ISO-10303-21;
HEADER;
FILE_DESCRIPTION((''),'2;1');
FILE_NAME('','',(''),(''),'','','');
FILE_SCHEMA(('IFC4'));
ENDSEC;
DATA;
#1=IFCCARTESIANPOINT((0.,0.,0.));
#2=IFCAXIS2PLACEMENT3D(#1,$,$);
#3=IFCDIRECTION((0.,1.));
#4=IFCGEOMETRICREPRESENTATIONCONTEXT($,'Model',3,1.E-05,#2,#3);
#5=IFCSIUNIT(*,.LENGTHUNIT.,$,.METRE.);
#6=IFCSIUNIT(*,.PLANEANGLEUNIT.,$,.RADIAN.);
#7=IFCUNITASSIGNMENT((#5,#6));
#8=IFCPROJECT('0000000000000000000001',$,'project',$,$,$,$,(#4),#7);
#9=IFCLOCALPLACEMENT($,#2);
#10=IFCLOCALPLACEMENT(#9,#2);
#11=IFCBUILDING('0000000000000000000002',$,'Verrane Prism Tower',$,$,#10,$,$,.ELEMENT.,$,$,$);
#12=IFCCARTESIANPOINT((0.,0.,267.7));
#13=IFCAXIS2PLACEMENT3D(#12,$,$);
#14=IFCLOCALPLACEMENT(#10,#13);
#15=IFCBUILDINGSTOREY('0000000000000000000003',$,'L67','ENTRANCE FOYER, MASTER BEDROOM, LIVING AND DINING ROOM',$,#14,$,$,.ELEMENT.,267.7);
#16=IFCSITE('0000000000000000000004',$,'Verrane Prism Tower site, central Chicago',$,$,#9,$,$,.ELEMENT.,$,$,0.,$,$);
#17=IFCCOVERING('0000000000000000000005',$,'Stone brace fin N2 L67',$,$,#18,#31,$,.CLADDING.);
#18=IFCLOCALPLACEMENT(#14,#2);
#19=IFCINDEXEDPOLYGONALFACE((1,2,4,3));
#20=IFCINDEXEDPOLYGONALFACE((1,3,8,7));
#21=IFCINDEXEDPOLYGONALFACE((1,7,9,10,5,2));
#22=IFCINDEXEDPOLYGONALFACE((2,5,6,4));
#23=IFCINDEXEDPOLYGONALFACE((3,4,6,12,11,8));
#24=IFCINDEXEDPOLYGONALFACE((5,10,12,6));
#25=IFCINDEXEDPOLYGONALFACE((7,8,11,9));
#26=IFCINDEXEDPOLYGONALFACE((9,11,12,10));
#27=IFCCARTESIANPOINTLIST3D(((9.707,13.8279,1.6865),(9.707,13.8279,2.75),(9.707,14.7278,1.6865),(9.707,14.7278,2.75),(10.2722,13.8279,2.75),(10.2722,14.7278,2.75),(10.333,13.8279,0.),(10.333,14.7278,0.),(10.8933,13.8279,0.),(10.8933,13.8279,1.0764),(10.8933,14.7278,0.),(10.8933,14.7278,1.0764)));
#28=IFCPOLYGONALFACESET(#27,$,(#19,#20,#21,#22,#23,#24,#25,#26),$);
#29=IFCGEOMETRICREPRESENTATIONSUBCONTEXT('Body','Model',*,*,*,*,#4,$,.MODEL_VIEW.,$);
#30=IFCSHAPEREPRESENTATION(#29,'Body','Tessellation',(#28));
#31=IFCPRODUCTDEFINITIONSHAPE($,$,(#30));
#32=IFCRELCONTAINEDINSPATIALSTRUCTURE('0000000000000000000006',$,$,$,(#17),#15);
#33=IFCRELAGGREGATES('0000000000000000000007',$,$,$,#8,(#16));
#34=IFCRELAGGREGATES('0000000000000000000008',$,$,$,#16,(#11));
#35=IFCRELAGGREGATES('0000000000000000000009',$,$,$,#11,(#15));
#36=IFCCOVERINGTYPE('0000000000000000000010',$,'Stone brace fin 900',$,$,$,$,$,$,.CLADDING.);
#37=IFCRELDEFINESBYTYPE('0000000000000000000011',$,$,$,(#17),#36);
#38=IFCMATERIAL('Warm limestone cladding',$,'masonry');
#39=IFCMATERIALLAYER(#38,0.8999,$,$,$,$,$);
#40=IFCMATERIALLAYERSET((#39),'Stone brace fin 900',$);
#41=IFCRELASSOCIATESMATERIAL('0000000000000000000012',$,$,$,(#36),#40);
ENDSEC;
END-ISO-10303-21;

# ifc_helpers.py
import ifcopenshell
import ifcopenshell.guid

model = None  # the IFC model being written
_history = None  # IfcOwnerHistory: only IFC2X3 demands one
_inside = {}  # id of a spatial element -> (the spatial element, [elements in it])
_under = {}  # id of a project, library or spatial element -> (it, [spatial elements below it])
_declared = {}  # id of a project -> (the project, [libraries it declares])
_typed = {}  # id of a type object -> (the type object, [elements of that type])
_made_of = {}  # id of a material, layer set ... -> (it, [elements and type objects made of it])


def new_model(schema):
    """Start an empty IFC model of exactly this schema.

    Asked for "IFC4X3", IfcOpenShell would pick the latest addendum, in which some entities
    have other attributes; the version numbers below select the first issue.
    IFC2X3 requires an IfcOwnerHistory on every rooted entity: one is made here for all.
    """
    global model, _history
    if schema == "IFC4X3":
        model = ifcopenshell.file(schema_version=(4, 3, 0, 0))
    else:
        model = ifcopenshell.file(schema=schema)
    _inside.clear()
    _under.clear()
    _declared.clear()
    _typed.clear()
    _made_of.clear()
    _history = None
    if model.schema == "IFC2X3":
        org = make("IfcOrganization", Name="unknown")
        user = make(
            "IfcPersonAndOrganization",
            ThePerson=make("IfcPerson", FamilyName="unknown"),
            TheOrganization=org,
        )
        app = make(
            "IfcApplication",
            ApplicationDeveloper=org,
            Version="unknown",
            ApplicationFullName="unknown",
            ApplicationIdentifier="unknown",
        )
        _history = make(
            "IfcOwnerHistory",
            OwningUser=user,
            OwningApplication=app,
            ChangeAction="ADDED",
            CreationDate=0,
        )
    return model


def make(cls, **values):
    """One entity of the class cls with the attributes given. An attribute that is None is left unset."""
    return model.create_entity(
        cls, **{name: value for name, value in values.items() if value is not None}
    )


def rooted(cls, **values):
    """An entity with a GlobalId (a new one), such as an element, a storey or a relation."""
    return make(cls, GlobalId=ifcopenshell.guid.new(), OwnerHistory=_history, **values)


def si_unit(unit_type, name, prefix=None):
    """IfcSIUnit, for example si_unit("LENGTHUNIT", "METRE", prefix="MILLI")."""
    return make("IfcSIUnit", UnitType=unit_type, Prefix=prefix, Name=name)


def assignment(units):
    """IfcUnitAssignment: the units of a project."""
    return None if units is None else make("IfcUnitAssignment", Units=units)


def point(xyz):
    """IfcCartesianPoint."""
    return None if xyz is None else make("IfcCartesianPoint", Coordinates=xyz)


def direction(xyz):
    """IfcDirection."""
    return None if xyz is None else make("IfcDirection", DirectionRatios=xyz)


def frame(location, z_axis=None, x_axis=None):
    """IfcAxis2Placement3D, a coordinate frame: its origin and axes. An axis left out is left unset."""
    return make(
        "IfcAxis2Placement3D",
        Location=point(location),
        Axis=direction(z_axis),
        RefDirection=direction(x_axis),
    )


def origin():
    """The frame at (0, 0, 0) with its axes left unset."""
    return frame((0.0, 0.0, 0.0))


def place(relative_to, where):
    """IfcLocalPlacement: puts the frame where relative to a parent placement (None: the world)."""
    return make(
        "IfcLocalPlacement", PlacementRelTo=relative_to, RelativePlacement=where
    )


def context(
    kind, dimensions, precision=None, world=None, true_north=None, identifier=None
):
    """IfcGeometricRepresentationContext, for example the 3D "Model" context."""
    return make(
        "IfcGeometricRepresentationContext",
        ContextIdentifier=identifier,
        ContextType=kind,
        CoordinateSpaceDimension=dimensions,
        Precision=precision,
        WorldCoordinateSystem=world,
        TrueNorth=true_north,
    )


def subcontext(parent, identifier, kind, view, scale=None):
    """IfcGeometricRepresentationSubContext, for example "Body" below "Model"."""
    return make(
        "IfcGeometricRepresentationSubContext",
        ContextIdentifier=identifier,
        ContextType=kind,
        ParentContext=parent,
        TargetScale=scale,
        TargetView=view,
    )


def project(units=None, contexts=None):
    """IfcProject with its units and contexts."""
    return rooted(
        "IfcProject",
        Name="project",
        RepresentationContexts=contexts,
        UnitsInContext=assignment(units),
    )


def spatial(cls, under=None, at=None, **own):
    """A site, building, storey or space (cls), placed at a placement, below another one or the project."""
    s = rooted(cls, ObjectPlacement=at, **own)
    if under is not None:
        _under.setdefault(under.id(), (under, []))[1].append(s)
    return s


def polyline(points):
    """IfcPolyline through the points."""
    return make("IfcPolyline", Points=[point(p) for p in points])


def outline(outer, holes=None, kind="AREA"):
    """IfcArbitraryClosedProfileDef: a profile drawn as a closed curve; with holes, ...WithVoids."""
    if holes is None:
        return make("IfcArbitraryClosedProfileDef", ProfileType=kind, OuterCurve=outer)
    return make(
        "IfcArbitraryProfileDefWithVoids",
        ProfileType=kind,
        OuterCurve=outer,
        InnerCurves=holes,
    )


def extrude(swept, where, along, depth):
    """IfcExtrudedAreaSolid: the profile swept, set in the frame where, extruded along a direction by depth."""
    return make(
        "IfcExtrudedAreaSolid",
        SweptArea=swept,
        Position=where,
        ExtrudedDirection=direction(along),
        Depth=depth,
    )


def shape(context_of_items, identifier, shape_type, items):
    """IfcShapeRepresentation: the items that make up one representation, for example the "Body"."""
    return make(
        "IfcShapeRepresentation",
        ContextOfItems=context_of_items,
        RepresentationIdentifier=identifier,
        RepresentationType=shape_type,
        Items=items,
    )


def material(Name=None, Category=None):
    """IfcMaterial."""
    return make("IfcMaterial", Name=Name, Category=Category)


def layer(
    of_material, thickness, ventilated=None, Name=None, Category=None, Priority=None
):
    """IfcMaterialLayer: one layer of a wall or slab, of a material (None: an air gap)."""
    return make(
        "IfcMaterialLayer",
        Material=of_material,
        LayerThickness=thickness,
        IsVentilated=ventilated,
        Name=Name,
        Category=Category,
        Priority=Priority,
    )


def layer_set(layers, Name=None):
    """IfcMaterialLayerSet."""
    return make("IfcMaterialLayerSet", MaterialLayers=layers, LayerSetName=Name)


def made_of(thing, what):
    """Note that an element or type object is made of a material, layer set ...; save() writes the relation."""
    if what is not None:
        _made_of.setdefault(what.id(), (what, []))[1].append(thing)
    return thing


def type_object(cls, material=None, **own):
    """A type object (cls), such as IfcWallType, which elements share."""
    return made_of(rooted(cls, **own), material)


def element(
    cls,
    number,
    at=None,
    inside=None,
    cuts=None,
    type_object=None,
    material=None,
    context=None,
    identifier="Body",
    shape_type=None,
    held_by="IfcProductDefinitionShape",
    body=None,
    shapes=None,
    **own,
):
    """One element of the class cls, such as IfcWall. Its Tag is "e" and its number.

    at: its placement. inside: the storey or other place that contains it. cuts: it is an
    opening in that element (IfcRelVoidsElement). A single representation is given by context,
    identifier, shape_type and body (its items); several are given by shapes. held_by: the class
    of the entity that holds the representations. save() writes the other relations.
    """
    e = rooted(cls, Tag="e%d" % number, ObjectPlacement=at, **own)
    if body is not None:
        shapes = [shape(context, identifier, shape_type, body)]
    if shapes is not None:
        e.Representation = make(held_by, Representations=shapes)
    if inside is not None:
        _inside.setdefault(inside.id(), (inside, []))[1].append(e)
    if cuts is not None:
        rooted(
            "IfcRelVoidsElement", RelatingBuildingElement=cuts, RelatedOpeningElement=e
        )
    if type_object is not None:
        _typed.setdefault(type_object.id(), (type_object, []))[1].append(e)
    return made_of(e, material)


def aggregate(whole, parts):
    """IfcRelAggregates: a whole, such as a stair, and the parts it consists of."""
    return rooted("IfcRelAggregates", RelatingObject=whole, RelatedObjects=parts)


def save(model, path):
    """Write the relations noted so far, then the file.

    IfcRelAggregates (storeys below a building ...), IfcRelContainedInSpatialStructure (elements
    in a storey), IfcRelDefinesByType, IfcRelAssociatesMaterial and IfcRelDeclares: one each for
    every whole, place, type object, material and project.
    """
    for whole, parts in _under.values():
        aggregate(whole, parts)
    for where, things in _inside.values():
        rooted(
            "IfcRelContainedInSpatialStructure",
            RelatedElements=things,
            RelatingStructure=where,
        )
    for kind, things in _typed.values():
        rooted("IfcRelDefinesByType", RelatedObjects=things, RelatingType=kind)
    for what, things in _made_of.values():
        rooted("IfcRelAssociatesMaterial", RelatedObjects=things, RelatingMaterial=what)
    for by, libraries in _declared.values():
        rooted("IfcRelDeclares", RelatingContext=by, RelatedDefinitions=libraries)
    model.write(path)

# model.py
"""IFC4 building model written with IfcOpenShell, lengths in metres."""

from ifc_helpers import new_model, si_unit, direction, frame, origin, place, context, subcontext, project, spatial, polyline, outline, extrude, material, layer, layer_set, type_object, element, save


model = new_model("IFC4")

# Units and contexts
model_context = context("Model", 3, precision=1e-05, world=origin(), true_north=direction((0.0, 1.0)))
body_context = subcontext(model_context, "Body", "Model", "MODEL_VIEW")
ifc_project = project(units=[si_unit("LENGTHUNIT", "METRE"), si_unit("PLANEANGLEUNIT", "RADIAN")], contexts=[model_context])

# Site, building, storey
site_placement = place(None, origin())
site = spatial("IfcSite", under=ifc_project, at=site_placement, Name="Verrane Prism Tower site, central Chicago", CompositionType="ELEMENT", RefElevation=0.0)
building_placement = place(site_placement, origin())
building = spatial("IfcBuilding", under=site, at=building_placement, Name="Verrane Prism Tower", CompositionType="ELEMENT")
storey_placement = place(building_placement, frame((0.0, 0.0, 267.7)))
storey = spatial("IfcBuildingStorey", under=building, at=storey_placement, Name="L67", Description="ENTRANCE FOYER, MASTER BEDROOM, LIVING AND DINING ROOM", CompositionType="ELEMENT", Elevation=267.7)

# Covering
ifc_material_1 = material(Name="Warm limestone cladding", Category="masonry")
ifc_layer_1 = layer(ifc_material_1, 0.8999)
ifc_layer_set_1 = layer_set([ifc_layer_1], Name="Stone brace fin 900")
covering_type = type_object("IfcCoveringType", Name="Stone brace fin 900", PredefinedType="CLADDING", material=ifc_layer_set_1)
covering_placement = place(storey_placement, frame((10.8933, 14.2778, 0.0), z_axis=(0.0, 0.0, 1.0), x_axis=(-1.0, 0.0, 0.0)))
element("IfcCovering", 1, at=covering_placement, inside=storey, type_object=covering_type, Name="Stone brace fin N2 L67", PredefinedType="CLADDING", context=body_context, shape_type="SweptSolid", body=[
    extrude(outline(polyline([(1.1863, 2.75), (0.6211, 2.75), (0.0, 1.0764), (0.0, 0.0), (0.5603, 0.0), (1.1863, 1.6865), (1.1863, 2.75)])), frame((0.0, 0.45, 0.0), z_axis=(0.0, -1.0, 0.0), x_axis=(1.0, 0.0, 0.0)), (0.0, 0.0, 1.0), 0.8999),
])

save(model, "model.ifc")
